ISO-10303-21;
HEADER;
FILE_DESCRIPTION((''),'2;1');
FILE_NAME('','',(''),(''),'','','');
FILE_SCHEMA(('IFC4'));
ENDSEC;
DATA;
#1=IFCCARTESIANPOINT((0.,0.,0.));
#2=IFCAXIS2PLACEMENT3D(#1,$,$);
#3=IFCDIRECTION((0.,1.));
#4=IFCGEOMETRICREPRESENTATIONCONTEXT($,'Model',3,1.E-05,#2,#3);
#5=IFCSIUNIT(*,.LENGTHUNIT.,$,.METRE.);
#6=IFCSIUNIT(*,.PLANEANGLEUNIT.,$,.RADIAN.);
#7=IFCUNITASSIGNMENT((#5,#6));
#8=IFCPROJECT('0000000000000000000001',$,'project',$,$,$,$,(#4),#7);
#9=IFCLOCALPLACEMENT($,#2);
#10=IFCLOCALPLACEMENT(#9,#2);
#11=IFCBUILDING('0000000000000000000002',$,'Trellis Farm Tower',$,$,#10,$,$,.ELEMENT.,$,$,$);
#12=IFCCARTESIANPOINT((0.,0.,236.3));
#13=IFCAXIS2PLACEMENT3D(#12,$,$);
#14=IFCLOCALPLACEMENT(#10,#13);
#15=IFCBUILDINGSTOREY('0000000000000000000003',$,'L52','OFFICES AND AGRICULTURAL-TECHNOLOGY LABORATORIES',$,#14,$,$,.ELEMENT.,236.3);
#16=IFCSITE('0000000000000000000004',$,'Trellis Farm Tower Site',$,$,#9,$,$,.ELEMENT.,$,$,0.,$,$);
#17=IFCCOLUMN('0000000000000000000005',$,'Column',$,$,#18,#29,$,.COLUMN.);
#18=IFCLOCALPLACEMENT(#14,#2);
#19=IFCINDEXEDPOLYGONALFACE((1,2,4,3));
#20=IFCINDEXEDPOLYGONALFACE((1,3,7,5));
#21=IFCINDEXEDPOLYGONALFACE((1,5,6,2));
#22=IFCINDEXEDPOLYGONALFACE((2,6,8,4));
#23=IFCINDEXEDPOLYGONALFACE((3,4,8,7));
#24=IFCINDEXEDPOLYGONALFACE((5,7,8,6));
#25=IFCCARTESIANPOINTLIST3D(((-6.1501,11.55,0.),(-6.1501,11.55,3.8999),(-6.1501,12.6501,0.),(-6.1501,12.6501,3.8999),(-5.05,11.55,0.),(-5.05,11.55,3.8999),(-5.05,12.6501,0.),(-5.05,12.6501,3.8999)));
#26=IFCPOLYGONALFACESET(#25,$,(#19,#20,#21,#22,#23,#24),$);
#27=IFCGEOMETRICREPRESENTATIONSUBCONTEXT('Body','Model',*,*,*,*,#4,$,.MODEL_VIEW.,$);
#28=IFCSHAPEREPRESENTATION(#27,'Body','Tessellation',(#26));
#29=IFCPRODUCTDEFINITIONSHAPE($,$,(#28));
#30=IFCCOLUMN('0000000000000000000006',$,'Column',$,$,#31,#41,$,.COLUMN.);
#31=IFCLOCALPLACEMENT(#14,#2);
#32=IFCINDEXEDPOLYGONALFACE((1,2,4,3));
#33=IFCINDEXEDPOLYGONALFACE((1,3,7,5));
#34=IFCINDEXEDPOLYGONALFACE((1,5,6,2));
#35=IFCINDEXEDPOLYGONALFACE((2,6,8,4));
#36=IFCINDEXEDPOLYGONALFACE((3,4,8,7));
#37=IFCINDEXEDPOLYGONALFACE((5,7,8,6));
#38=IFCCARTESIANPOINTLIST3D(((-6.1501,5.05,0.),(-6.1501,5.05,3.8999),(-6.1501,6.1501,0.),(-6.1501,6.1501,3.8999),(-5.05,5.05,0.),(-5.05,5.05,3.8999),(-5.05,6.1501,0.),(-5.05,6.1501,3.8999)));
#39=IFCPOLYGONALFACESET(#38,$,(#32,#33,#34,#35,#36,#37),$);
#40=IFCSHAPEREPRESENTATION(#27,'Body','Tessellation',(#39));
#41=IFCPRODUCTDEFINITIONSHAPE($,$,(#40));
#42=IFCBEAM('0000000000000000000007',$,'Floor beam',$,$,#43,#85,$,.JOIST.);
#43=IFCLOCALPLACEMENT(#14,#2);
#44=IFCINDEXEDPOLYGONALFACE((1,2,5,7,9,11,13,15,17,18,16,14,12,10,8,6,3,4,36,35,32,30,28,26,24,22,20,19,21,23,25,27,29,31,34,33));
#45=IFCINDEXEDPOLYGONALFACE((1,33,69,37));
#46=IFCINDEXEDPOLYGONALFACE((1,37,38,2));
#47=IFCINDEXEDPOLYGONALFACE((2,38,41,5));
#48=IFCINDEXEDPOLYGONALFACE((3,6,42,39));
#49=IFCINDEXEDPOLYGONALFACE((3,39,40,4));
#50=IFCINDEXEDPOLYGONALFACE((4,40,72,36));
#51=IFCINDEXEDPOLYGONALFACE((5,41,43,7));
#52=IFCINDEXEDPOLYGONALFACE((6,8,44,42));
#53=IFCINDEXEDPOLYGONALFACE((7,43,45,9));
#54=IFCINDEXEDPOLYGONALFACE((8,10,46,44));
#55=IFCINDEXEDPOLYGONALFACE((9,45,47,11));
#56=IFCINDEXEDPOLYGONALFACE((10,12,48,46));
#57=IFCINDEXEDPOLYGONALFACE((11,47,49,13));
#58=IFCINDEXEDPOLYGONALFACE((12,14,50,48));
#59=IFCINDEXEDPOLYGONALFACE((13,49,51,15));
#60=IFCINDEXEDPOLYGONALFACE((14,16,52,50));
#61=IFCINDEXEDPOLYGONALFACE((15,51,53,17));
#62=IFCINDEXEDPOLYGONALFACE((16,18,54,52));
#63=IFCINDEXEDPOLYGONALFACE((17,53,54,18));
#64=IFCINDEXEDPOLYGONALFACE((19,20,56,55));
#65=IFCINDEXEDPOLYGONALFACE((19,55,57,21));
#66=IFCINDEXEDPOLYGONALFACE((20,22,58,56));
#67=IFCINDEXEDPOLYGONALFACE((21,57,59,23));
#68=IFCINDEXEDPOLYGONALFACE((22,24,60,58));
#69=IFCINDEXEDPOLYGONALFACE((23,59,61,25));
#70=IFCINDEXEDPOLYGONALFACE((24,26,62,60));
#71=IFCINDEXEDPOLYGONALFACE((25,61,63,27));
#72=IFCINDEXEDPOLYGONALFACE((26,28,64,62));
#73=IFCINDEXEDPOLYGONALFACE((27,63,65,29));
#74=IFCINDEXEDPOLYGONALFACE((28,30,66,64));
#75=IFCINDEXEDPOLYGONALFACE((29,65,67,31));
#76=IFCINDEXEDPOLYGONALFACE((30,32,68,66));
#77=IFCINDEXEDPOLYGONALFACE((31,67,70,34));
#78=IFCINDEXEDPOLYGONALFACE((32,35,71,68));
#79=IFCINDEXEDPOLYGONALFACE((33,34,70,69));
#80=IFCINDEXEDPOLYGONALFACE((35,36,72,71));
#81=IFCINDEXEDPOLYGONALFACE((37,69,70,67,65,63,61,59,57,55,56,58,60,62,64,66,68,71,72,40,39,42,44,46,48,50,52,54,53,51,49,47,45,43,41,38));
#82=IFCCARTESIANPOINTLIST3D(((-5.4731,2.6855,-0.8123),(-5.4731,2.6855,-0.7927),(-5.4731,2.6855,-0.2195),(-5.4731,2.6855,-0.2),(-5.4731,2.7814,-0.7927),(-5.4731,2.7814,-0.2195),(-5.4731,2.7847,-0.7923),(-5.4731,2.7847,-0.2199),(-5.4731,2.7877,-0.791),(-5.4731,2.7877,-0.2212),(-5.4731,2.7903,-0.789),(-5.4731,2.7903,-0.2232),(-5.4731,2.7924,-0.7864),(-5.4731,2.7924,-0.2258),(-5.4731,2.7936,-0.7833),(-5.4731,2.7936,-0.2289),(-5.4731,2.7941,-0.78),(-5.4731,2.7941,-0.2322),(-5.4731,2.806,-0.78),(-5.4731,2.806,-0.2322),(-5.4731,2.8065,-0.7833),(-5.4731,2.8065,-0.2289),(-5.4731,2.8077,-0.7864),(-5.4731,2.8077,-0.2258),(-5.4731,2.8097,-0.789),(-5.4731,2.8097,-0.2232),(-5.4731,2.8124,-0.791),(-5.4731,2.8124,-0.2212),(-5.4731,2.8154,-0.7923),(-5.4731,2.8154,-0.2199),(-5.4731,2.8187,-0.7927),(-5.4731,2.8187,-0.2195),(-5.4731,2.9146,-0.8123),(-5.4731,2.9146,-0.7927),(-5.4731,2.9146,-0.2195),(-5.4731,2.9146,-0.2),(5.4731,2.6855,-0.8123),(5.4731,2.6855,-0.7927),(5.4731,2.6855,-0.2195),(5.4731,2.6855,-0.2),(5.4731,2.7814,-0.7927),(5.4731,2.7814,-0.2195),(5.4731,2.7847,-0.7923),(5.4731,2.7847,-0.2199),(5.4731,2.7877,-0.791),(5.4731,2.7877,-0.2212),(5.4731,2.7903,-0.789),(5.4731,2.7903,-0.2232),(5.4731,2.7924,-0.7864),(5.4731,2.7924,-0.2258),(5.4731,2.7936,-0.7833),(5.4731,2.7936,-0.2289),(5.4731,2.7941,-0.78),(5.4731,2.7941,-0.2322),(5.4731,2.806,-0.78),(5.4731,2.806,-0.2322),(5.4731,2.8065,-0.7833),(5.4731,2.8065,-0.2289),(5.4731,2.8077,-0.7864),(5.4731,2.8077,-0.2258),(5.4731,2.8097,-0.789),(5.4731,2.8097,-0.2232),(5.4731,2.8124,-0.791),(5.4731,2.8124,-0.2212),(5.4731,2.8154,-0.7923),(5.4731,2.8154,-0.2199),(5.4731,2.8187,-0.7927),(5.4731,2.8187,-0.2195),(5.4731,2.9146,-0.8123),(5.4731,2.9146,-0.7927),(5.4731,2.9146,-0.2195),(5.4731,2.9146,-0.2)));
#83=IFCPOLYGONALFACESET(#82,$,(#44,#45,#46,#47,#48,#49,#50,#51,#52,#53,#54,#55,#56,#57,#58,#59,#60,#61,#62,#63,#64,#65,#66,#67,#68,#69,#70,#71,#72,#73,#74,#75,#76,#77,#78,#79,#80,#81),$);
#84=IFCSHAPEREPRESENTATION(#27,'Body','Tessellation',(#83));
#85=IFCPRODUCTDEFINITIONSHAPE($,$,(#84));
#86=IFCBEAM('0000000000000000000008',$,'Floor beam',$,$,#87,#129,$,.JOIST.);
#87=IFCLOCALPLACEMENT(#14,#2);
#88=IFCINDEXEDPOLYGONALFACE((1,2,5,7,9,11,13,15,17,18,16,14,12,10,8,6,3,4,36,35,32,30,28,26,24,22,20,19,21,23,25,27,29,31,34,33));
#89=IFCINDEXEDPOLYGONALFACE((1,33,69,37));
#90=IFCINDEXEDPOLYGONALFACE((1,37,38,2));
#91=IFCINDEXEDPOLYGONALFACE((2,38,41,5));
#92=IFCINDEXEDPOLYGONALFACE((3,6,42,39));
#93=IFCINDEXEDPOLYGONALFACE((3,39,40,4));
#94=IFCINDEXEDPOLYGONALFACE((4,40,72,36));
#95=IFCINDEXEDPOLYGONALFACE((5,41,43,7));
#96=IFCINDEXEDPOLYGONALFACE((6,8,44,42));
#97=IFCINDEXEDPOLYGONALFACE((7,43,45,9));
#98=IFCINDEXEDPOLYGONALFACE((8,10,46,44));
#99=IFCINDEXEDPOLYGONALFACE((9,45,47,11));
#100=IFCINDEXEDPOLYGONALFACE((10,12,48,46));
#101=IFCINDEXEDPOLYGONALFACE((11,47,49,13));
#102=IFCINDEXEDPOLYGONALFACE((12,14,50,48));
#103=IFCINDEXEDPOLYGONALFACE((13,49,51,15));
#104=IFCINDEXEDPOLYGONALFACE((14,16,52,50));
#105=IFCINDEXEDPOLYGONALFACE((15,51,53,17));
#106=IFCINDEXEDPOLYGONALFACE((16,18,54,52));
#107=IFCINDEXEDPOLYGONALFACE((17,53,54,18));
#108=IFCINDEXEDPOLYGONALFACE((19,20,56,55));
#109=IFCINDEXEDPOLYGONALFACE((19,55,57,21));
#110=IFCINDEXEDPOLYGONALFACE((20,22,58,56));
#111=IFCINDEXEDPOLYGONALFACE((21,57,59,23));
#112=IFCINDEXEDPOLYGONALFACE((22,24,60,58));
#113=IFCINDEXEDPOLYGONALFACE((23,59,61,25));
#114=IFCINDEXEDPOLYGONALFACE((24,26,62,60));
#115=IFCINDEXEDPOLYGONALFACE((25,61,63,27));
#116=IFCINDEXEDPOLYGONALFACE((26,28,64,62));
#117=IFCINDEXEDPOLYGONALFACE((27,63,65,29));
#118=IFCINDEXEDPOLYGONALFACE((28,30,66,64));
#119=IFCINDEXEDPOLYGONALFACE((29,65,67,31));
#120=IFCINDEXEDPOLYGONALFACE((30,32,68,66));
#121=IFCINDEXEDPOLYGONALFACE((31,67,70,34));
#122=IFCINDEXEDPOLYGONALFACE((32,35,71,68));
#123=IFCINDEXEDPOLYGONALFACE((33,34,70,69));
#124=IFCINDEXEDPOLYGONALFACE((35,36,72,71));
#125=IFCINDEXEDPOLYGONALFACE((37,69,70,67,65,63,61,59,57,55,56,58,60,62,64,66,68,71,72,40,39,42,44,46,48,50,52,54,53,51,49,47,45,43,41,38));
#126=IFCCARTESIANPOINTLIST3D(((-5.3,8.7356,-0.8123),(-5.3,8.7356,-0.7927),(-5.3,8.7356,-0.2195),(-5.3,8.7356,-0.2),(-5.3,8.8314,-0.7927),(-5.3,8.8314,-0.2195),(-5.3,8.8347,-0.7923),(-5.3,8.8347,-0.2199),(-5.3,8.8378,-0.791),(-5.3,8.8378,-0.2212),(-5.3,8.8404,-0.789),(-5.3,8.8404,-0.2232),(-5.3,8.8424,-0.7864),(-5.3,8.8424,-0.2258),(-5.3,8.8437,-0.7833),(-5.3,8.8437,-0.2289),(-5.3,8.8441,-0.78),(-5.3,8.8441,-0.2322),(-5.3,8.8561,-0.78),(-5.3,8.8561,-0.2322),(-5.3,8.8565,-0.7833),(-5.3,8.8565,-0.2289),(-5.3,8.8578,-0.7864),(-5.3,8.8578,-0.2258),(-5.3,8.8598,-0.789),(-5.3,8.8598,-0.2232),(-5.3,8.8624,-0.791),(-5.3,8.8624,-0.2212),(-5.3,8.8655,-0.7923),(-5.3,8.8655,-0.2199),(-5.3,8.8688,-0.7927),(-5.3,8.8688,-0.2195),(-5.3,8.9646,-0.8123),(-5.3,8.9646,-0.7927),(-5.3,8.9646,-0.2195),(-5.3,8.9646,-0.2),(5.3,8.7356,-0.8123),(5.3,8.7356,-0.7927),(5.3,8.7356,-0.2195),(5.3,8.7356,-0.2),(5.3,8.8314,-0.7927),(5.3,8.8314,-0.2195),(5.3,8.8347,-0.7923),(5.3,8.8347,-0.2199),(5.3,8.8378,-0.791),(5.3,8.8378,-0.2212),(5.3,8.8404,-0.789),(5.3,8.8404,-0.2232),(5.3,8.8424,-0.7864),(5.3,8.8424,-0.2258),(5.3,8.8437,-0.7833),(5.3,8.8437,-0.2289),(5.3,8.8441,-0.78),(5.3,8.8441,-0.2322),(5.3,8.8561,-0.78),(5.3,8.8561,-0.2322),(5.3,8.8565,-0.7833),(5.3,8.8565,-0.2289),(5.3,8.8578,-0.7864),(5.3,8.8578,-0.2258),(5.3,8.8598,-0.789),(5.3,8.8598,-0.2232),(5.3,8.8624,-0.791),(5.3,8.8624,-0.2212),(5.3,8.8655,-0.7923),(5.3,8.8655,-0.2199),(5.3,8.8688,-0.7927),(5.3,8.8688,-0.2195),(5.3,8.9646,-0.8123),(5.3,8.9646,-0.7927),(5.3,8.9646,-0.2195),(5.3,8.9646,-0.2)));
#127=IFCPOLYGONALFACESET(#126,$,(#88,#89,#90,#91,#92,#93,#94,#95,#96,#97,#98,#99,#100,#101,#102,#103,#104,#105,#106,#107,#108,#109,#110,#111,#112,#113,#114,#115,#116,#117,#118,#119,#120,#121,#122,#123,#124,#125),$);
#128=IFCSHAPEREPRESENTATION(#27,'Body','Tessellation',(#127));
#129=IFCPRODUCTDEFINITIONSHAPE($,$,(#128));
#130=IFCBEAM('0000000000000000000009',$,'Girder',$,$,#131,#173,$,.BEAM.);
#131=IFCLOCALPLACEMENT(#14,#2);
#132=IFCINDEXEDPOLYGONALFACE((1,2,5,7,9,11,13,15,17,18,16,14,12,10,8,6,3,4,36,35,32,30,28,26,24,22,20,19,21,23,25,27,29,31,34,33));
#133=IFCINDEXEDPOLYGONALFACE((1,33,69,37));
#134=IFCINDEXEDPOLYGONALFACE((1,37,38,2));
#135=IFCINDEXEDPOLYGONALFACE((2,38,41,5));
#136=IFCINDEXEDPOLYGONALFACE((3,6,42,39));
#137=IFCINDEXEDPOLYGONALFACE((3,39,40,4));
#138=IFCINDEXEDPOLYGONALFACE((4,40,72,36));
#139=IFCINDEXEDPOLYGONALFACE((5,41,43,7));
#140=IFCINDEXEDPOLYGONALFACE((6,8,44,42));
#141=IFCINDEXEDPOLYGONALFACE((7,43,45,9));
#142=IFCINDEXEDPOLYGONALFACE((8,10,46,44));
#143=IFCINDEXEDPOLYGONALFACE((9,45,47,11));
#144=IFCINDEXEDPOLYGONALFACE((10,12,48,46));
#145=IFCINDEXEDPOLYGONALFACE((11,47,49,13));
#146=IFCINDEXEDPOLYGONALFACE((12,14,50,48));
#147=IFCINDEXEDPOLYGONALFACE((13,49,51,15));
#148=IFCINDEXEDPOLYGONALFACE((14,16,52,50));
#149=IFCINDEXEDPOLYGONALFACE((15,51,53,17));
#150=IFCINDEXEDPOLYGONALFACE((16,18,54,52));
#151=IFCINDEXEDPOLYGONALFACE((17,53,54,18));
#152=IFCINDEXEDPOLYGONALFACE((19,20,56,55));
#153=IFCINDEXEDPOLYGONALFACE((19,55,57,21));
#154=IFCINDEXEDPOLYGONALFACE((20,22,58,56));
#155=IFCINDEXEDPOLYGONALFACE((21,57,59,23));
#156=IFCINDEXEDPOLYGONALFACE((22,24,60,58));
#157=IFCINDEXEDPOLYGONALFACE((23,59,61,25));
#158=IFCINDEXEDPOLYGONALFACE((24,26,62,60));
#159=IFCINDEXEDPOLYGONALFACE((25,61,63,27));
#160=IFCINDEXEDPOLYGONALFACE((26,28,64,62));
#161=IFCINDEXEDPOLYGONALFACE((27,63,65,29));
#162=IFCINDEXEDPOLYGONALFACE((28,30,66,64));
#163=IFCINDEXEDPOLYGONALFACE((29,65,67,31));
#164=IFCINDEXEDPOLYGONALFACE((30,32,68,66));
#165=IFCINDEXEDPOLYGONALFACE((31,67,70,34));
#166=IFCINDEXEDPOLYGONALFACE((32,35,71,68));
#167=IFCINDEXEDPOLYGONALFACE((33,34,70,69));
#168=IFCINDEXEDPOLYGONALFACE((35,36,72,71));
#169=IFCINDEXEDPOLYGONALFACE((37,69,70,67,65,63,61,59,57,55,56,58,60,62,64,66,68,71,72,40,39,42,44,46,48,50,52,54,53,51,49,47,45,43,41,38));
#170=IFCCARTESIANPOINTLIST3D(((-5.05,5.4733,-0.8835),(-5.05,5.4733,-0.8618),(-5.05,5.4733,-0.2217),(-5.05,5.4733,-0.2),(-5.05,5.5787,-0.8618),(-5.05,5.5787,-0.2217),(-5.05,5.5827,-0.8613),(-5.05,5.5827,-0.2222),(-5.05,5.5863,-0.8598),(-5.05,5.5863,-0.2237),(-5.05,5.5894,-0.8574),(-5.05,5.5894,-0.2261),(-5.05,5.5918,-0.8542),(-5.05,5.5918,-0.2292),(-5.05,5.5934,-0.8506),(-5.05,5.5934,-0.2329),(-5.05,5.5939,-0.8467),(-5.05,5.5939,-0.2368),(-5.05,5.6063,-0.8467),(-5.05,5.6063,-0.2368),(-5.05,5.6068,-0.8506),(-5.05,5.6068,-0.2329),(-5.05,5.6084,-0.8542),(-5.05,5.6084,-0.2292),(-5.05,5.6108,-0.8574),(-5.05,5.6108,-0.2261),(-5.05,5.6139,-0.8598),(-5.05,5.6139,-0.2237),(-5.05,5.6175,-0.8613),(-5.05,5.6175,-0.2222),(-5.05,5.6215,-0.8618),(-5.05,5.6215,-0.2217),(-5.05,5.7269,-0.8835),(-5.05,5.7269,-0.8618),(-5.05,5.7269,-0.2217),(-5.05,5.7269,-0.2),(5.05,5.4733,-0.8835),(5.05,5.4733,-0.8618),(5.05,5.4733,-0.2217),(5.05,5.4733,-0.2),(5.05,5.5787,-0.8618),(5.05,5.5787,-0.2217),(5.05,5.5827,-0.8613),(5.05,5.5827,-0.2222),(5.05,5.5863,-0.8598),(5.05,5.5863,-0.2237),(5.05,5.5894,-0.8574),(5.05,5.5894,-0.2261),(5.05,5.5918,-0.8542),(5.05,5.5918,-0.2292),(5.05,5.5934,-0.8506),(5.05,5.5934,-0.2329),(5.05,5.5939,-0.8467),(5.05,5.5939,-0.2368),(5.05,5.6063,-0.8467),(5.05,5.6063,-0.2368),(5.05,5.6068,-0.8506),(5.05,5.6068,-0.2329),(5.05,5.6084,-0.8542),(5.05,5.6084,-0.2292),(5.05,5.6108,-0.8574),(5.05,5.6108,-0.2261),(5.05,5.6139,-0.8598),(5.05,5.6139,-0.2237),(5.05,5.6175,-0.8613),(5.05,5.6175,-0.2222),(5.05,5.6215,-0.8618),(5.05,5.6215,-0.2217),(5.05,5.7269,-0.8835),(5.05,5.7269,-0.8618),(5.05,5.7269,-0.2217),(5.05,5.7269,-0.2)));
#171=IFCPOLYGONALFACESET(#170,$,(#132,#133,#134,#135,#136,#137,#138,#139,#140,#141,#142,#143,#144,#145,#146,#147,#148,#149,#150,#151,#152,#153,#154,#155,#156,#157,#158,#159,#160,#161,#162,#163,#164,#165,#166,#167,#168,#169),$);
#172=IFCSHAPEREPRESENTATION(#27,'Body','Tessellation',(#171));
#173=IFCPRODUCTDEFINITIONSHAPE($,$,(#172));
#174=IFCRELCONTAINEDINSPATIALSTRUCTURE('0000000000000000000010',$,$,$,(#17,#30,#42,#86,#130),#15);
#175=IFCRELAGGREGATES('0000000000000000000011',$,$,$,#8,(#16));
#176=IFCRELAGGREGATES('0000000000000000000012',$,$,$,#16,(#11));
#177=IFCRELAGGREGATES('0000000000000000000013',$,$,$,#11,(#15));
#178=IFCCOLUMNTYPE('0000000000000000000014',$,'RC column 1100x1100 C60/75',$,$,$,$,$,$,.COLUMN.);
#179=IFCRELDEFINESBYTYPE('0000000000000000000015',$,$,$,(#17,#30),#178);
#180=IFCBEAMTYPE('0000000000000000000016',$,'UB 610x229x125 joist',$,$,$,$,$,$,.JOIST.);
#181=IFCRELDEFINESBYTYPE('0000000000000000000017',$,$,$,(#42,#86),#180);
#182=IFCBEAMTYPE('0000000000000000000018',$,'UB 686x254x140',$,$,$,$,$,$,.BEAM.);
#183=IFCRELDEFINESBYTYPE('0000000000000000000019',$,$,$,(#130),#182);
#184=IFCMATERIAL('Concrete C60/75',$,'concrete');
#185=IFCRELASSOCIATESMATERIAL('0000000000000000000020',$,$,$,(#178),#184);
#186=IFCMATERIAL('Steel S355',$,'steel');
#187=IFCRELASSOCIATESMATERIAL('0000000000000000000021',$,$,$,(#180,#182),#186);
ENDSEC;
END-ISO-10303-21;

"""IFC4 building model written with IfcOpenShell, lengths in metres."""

from ifc_helpers import new_model, si_unit, direction, frame, origin, origin_2d, place, context, subcontext, project, spatial, rectangle, i_section, extrude, source, transform, mapped, material, material_profile, profile_set, type_object, element, save


model = new_model("IFC4")

# Units and contexts
model_context = context("Model", 3, precision=1e-05, world=origin(), true_north=direction((0.0, 1.0)))
body_context = subcontext(model_context, "Body", "Model", "MODEL_VIEW")
ifc_project = project(units=[si_unit("LENGTHUNIT", "METRE"), si_unit("PLANEANGLEUNIT", "RADIAN")], contexts=[model_context])

# Site, building, storey
site_placement = place(None, origin())
site = spatial("IfcSite", under=ifc_project, at=site_placement, Name="Trellis Farm Tower Site", CompositionType="ELEMENT", RefElevation=0.0)
building_placement = place(site_placement, origin())
building = spatial("IfcBuilding", under=site, at=building_placement, Name="Trellis Farm Tower", CompositionType="ELEMENT")
storey_placement = place(building_placement, frame((0.0, 0.0, 236.3)))
storey = spatial("IfcBuildingStorey", under=building, at=storey_placement, Name="L52", Description="OFFICES AND AGRICULTURAL-TECHNOLOGY LABORATORIES", CompositionType="ELEMENT", Elevation=236.3)

# Columns
ifc_material_1 = material(Name="Concrete C60/75", Category="concrete")
ifc_material_profile_1 = material_profile(ifc_material_1, rectangle(XDim=1.1001, YDim=1.1001, at=origin_2d()), Name="RC column 1100x1100 C60/75")
ifc_profile_set_1 = profile_set([ifc_material_profile_1], Name="Concrete C60/75")
column_type = type_object("IfcColumnType", Name="RC column 1100x1100 C60/75", PredefinedType="COLUMN", material=ifc_profile_set_1)
shared_shape_1 = source(origin(), body_context, "Body", "SweptSolid", [
    extrude(rectangle(XDim=1.1001, YDim=1.1001, at=origin_2d()), origin(), (0.0, 0.0, 1.0), 3.8999),
])
for number, where, z_axis, x_axis, name in (
    (1, (-5.6001, 12.1001, 0.0), (0.0, 0.0, 1.0), (1.0, 0.0, 0.0), "Column"),
    (2, (-5.6001, 5.6001, 0.0), (0.0, 0.0, 1.0), (1.0, 0.0, 0.0), "Column"),
):
    element("IfcColumn", number, at=place(storey_placement, frame(where, z_axis=z_axis, x_axis=x_axis)), inside=storey, type_object=column_type, Name=name, PredefinedType="COLUMN", context=body_context, shape_type="MappedRepresentation", body=[
        mapped(shared_shape_1, transform((0.0, 0.0, 0.0))),
    ])

# Beams
ifc_material_2 = material(Name="Steel S355", Category="steel")
ifc_material_profile_2 = material_profile(ifc_material_2, i_section(OverallWidth=0.229, OverallDepth=0.6123, WebThickness=0.012, FlangeThickness=0.0195, FilletRadius=0.0127, at=origin_2d()), Name="UB 610x229x125")
ifc_profile_set_2 = profile_set([ifc_material_profile_2], Name="Steel S355")
beam_type_1 = type_object("IfcBeamType", Name="UB 610x229x125 joist", PredefinedType="JOIST", material=ifc_profile_set_2)
shared_shape_2 = source(origin(), body_context, "Body", "SweptSolid", [
    extrude(i_section(OverallWidth=0.229, OverallDepth=0.6123, WebThickness=0.012, FlangeThickness=0.0195, FilletRadius=0.0127, at=origin_2d()), origin(), (0.0, 0.0, 1.0), 10.9463),
])
beam_1_placement = place(storey_placement, frame((-5.4731, 2.8, -0.5061), z_axis=(1.0, 0.0, 0.0), x_axis=(0.0, 1.0, 0.0)))
element("IfcBeam", 3, at=beam_1_placement, inside=storey, type_object=beam_type_1, Name="Floor beam", PredefinedType="JOIST", context=body_context, shape_type="MappedRepresentation", body=[
    mapped(shared_shape_2, transform((0.0, 0.0, 0.0))),
])
shared_shape_3 = source(origin(), body_context, "Body", "SweptSolid", [
    extrude(i_section(OverallWidth=0.229, OverallDepth=0.6123, WebThickness=0.012, FlangeThickness=0.0195, FilletRadius=0.0127, at=origin_2d()), origin(), (0.0, 0.0, 1.0), 10.6001),
])
beam_2_placement = place(storey_placement, frame((-5.3, 8.8501, -0.5061), z_axis=(1.0, 0.0, 0.0), x_axis=(0.0, 1.0, 0.0)))
element("IfcBeam", 4, at=beam_2_placement, inside=storey, type_object=beam_type_1, Name="Floor beam", PredefinedType="JOIST", context=body_context, shape_type="MappedRepresentation", body=[
    mapped(shared_shape_3, transform((0.0, 0.0, 0.0))),
])
ifc_material_profile_3 = material_profile(ifc_material_2, i_section(OverallWidth=0.2537, OverallDepth=0.6836, WebThickness=0.0125, FlangeThickness=0.0217, FilletRadius=0.0151, at=origin_2d()), Name="UB 686x254x140")
ifc_profile_set_3 = profile_set([ifc_material_profile_3], Name="Steel S355")
beam_type_2 = type_object("IfcBeamType", Name="UB 686x254x140", PredefinedType="BEAM", material=ifc_profile_set_3)
shared_shape_4 = source(origin(), body_context, "Body", "SweptSolid", [
    extrude(i_section(OverallWidth=0.2537, OverallDepth=0.6836, WebThickness=0.0125, FlangeThickness=0.0217, FilletRadius=0.0151, at=origin_2d()), origin(), (0.0, 0.0, 1.0), 10.1001),
])
for number, where, z_axis, x_axis, name in (
    (5, (-5.05, 5.6001, -0.5417), (1.0, 0.0, 0.0), (0.0, 1.0, 0.0), "Girder"),
):
    element("IfcBeam", number, at=place(storey_placement, frame(where, z_axis=z_axis, x_axis=x_axis)), inside=storey, type_object=beam_type_2, Name=name, PredefinedType="BEAM", context=body_context, shape_type="MappedRepresentation", body=[
        mapped(shared_shape_4, transform((0.0, 0.0, 0.0))),
    ])

save(model, "model.ifc")
